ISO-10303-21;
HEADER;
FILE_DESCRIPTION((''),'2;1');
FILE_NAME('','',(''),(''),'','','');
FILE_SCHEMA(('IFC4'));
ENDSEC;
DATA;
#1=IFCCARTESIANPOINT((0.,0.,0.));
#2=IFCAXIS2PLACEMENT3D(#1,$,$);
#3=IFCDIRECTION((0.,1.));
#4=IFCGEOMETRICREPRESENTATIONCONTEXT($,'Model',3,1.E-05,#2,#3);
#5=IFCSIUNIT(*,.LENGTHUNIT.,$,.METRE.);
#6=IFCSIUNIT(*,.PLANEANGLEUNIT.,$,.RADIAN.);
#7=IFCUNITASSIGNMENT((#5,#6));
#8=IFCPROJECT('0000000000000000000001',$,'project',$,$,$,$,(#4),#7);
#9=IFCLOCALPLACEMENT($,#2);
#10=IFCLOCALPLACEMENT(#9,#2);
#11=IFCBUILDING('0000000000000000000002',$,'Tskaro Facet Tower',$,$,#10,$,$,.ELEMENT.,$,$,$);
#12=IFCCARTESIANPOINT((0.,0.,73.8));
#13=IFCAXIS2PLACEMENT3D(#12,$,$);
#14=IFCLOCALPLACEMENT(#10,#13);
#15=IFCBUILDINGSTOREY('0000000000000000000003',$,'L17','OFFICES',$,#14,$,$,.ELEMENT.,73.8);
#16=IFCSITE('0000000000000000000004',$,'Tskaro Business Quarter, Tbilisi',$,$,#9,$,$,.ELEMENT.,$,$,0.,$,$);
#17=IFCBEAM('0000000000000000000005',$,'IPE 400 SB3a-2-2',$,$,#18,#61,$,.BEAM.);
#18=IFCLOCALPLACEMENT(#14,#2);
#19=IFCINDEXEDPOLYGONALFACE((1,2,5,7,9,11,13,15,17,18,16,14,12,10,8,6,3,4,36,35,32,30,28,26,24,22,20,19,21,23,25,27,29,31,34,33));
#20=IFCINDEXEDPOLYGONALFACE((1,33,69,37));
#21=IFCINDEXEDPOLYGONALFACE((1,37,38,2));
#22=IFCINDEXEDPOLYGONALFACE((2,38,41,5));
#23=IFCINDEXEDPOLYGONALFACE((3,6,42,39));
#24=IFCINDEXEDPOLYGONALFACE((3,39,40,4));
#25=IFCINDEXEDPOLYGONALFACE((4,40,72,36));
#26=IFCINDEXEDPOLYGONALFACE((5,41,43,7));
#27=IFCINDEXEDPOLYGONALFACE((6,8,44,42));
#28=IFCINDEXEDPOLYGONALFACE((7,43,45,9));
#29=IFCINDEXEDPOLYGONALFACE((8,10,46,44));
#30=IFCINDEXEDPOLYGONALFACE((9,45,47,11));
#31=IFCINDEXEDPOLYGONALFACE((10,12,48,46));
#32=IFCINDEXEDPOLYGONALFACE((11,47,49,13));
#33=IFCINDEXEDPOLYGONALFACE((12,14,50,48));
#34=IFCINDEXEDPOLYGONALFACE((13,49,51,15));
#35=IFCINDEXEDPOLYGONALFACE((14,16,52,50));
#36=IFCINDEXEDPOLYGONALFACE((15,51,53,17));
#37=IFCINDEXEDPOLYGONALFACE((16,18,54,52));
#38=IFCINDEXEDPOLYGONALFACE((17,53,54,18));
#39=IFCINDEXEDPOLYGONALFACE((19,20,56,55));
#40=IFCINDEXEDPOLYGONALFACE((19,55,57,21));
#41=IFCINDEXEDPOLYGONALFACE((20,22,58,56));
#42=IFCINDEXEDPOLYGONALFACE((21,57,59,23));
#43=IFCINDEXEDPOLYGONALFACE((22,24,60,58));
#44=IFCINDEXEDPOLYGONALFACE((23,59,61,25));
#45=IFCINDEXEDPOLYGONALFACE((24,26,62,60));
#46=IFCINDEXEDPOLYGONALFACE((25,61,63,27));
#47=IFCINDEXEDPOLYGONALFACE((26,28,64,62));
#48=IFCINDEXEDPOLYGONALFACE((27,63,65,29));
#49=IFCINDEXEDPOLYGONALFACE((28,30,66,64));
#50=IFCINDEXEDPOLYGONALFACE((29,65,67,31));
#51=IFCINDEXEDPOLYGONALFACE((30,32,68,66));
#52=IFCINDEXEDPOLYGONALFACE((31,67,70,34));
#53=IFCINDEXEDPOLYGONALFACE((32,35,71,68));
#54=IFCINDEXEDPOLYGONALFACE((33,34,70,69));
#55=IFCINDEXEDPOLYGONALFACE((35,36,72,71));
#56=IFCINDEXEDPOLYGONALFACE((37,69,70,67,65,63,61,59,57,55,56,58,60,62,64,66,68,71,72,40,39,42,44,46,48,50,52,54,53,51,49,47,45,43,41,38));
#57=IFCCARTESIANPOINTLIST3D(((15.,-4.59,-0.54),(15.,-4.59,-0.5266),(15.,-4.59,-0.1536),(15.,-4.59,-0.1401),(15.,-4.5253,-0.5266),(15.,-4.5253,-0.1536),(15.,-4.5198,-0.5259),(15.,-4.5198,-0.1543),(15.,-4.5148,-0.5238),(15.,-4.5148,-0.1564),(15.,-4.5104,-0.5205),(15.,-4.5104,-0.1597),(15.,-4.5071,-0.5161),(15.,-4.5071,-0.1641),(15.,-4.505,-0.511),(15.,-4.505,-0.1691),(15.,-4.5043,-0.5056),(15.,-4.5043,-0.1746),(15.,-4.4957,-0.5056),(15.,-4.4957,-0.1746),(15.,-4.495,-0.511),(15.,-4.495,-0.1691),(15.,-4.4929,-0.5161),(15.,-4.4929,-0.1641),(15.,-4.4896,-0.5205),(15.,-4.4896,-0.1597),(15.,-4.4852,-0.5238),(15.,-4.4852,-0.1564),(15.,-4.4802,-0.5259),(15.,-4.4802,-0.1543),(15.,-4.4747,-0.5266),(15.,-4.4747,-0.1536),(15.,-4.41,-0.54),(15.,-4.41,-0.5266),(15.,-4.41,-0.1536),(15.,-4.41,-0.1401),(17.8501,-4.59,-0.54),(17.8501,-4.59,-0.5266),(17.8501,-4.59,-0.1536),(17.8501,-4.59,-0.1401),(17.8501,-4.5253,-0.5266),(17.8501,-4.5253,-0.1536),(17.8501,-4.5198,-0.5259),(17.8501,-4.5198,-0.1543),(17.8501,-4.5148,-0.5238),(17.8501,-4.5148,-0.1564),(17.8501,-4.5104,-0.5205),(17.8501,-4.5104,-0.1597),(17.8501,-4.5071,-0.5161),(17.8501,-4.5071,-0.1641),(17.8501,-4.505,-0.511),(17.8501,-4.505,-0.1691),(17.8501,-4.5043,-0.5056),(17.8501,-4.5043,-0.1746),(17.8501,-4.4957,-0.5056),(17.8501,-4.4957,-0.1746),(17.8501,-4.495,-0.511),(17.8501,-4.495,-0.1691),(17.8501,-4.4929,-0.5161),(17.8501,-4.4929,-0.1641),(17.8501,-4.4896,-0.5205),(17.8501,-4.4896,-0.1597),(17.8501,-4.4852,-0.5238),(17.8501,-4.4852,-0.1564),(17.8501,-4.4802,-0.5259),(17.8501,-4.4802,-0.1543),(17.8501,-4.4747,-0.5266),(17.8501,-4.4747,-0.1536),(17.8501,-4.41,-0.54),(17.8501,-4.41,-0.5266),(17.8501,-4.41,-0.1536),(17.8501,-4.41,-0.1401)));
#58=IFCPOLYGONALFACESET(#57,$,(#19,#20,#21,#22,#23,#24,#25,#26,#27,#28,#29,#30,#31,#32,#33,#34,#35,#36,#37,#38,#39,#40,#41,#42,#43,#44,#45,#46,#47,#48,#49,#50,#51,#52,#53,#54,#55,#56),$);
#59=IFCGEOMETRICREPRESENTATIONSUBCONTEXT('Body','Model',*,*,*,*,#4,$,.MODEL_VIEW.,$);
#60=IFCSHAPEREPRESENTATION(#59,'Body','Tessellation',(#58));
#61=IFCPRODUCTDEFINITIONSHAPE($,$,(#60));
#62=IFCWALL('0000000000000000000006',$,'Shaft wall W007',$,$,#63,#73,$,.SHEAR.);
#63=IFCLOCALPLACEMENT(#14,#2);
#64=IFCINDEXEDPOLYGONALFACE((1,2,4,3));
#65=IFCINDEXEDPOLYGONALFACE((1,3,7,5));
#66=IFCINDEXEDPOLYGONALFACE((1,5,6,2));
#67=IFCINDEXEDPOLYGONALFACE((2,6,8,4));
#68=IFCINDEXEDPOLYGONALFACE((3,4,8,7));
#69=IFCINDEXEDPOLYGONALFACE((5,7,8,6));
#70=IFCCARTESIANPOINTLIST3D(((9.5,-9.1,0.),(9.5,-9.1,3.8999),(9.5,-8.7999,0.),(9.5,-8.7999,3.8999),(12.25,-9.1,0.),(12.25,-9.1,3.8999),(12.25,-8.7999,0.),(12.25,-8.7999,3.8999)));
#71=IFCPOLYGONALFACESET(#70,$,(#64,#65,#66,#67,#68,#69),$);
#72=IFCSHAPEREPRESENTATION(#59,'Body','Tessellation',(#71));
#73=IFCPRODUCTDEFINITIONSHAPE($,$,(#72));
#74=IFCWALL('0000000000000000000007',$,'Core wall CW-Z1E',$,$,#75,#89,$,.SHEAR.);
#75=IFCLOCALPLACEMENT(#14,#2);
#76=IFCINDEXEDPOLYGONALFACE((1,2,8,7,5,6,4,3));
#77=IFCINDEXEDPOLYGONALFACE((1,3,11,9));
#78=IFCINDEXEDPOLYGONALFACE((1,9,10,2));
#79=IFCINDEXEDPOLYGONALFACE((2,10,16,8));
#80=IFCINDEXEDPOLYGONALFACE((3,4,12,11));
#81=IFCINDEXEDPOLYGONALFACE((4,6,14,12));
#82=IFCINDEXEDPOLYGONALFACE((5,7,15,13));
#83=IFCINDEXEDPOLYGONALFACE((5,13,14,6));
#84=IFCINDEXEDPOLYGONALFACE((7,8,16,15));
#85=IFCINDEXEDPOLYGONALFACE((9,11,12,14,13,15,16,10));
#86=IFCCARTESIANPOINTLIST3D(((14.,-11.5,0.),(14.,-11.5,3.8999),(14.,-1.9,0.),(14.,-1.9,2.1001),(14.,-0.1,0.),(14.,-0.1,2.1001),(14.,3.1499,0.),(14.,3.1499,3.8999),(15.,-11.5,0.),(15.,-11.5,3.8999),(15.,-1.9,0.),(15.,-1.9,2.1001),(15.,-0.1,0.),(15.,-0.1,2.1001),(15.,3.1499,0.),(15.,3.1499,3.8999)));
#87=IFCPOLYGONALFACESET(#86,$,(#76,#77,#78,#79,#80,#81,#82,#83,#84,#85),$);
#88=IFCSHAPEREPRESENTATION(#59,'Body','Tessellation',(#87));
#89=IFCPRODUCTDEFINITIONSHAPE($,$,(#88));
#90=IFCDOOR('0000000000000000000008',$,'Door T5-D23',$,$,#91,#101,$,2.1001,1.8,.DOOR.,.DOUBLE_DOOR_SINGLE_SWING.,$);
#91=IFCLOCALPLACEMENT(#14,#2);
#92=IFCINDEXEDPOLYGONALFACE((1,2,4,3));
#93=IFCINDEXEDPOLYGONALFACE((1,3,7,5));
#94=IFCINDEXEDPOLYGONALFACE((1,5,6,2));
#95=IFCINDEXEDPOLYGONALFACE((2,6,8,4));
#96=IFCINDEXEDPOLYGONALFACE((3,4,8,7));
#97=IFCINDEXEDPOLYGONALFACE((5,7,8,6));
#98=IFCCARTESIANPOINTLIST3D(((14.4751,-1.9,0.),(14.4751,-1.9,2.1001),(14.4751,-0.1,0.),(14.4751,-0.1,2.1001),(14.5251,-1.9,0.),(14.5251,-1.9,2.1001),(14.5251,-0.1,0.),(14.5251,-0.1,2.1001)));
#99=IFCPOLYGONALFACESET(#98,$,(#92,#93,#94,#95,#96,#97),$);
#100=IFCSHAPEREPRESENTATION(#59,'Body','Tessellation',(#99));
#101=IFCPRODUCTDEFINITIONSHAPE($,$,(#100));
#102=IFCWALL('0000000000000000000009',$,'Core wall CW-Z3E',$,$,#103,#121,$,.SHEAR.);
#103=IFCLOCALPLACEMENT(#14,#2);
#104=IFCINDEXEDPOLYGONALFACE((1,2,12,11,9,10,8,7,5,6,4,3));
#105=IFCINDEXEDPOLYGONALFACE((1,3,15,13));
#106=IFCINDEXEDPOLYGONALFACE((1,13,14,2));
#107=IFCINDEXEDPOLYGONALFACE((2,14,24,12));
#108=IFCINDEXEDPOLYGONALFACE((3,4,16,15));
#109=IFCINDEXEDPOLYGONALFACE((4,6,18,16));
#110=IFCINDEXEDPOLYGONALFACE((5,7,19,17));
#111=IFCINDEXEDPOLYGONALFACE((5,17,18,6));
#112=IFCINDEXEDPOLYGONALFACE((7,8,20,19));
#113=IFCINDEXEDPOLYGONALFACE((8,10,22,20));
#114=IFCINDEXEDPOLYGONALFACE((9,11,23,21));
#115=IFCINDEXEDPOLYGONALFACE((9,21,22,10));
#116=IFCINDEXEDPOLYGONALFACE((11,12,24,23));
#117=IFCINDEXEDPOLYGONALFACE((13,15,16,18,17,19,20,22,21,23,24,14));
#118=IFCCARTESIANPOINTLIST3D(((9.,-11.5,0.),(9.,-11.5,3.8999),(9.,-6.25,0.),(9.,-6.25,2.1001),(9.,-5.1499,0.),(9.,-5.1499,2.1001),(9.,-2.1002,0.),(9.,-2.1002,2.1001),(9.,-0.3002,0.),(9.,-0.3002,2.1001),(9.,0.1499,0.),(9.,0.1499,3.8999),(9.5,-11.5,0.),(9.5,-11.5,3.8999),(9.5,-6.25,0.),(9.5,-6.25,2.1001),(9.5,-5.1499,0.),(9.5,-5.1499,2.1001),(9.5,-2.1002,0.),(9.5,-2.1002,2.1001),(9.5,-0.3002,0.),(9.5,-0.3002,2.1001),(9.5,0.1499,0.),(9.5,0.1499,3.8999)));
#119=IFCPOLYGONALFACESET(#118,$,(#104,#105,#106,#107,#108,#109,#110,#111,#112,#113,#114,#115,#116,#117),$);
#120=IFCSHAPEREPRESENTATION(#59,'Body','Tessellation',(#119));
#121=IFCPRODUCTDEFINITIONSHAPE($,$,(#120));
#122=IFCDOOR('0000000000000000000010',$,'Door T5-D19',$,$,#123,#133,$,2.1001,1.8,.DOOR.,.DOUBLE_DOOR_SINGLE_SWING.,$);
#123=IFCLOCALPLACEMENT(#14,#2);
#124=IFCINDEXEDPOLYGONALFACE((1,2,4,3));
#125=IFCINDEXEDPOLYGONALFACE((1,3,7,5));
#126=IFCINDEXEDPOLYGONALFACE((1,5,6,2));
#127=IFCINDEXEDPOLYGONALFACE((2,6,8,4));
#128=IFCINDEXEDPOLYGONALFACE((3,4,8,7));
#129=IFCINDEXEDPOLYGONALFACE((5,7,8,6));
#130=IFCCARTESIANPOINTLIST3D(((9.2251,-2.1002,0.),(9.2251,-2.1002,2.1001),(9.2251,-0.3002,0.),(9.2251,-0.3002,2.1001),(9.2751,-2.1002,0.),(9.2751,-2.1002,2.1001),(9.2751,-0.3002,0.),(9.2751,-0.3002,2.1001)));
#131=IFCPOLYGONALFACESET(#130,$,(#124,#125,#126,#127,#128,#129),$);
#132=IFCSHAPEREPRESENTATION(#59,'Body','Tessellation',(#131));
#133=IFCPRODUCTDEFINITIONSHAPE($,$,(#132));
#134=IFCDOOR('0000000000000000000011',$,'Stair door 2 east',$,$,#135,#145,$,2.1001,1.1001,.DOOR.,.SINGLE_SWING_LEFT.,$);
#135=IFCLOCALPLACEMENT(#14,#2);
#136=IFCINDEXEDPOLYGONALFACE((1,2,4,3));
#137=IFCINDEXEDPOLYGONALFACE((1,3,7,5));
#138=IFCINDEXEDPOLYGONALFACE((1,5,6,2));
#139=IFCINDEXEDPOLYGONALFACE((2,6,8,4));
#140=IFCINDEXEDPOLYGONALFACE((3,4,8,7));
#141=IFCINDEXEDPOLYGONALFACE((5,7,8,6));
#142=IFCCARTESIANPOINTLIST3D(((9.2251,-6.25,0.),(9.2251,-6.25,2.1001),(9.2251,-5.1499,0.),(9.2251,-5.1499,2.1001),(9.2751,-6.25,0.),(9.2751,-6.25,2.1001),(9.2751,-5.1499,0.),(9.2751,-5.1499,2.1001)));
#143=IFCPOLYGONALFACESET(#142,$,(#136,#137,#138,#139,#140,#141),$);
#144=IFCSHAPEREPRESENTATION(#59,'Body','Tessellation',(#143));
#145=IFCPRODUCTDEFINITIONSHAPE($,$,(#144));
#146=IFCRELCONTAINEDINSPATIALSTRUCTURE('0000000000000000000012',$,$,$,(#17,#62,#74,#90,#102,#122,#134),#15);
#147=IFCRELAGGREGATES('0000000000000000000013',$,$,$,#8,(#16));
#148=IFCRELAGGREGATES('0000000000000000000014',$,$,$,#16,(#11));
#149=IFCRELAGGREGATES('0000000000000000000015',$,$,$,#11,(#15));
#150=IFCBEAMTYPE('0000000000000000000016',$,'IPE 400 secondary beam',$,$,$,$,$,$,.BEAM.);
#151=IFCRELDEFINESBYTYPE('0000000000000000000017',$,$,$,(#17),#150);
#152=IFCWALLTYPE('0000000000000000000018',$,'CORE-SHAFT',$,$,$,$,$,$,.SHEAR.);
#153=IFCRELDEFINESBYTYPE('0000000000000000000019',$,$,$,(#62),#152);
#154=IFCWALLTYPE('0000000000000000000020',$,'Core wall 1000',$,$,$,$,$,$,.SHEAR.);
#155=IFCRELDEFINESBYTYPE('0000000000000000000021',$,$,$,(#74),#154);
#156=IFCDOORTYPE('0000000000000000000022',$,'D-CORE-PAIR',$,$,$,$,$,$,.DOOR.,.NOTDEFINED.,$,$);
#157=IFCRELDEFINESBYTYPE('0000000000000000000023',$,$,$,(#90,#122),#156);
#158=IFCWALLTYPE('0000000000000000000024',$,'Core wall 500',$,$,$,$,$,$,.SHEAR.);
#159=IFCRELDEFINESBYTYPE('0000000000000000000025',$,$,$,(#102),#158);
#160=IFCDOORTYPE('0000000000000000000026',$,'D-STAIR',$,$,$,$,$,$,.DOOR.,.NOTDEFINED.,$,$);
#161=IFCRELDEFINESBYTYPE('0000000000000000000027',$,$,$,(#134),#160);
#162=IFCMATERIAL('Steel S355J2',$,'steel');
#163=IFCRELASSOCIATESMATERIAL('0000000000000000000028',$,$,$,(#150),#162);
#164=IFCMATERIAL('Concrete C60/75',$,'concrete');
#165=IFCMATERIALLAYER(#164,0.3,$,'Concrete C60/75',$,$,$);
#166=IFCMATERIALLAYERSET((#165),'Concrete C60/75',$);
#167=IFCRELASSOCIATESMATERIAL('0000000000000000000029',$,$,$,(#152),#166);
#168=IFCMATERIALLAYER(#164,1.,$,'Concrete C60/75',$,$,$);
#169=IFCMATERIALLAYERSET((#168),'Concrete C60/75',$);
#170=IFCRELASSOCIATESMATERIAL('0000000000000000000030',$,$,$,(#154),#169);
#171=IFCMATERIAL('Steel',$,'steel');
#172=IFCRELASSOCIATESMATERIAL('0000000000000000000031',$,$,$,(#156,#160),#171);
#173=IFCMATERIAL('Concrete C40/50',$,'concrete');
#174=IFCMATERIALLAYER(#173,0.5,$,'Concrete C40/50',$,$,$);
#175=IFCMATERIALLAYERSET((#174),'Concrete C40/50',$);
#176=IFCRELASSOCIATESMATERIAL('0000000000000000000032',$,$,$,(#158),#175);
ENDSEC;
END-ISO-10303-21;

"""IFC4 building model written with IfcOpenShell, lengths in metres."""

from ifc_helpers import new_model, si_unit, direction, frame, frame_2d, origin, origin_2d, place, context, subcontext, project, spatial, rectangle, i_section, extrude, material, layer, layer_set, material_profile, profile_set, type_object, element, fill, save


model = new_model("IFC4")

# Units and contexts
model_context = context("Model", 3, precision=1e-05, world=origin(), true_north=direction((0.0, 1.0)))
body_context = subcontext(model_context, "Body", "Model", "MODEL_VIEW")
ifc_project = project(units=[si_unit("LENGTHUNIT", "METRE"), si_unit("PLANEANGLEUNIT", "RADIAN")], contexts=[model_context])

# Site, building, storey
site_placement = place(None, origin())
site = spatial("IfcSite", under=ifc_project, at=site_placement, Name="Tskaro Business Quarter, Tbilisi", CompositionType="ELEMENT", RefElevation=0.0)
building_placement = place(site_placement, origin())
building = spatial("IfcBuilding", under=site, at=building_placement, Name="Tskaro Facet Tower", CompositionType="ELEMENT")
storey_placement = place(building_placement, frame((0.0, 0.0, 73.8)))
storey = spatial("IfcBuildingStorey", under=building, at=storey_placement, Name="L17", Description="OFFICES", CompositionType="ELEMENT", Elevation=73.8)

# Beam
ifc_material_1 = material(Name="Steel S355J2", Category="steel")
ifc_material_profile_1 = material_profile(ifc_material_1, i_section(OverallWidth=0.1799, OverallDepth=0.3999, WebThickness=0.0085, FlangeThickness=0.0134, FilletRadius=0.021, at=origin_2d()), Name="IPE 400")
ifc_profile_set_1 = profile_set([ifc_material_profile_1], Name="Steel S355J2")
beam_type_1 = type_object("IfcBeamType", Name="IPE 400 secondary beam", PredefinedType="BEAM", material=ifc_profile_set_1)
beam_1_placement = place(storey_placement, frame((15.0, -4.5, -0.3401), z_axis=(1.0, 0.0, 0.0), x_axis=(0.0, 1.0, 0.0)))
element("IfcBeam", 1, at=beam_1_placement, inside=storey, type_object=beam_type_1, Name="IPE 400 SB3a-2-2", PredefinedType="BEAM", context=body_context, shape_type="SweptSolid", body=[
    extrude(i_section(OverallWidth=0.1799, OverallDepth=0.3999, WebThickness=0.0085, FlangeThickness=0.0134, FilletRadius=0.021, at=origin_2d()), origin(), (0.0, 0.0, 1.0), 2.8501),
])

# Wall
ifc_material_2 = material(Name="Concrete C60/75", Category="concrete")
ifc_layer_1 = layer(ifc_material_2, 0.3, Name="Concrete C60/75")
ifc_layer_set_1 = layer_set([ifc_layer_1], Name="Concrete C60/75")
wall_type_1 = type_object("IfcWallType", Name="CORE-SHAFT", PredefinedType="SHEAR", material=ifc_layer_set_1)
wall_1_placement = place(storey_placement, frame((9.5, -8.95, 0.0), z_axis=(0.0, 0.0, 1.0), x_axis=(1.0, 0.0, 0.0)))
element("IfcWall", 2, at=wall_1_placement, inside=storey, type_object=wall_type_1, Name="Shaft wall W007", PredefinedType="SHEAR", context=body_context, shape_type="SweptSolid", body=[
    extrude(rectangle(XDim=2.75, YDim=0.3, at=frame_2d((1.375, 0.0))), origin(), (0.0, 0.0, 1.0), 3.8999),
])

# Wall, opening, door
ifc_layer_2 = layer(ifc_material_2, 1.0, Name="Concrete C60/75")
ifc_layer_set_2 = layer_set([ifc_layer_2], Name="Concrete C60/75")
wall_type_2 = type_object("IfcWallType", Name="Core wall 1000", PredefinedType="SHEAR", material=ifc_layer_set_2)
wall_2_placement = place(storey_placement, frame((14.5, -11.5, 0.0), z_axis=(0.0, 0.0, 1.0), x_axis=(0.0, 1.0, 0.0)))
wall_2 = element("IfcWall", 3, at=wall_2_placement, inside=storey, type_object=wall_type_2, Name="Core wall CW-Z1E", PredefinedType="SHEAR", context=body_context, shape_type="SweptSolid", body=[
    extrude(rectangle(XDim=14.6499, YDim=1.0, at=frame_2d((7.325, 0.0))), origin(), (0.0, 0.0, 1.0), 3.8999),
])
opening_1_placement = place(wall_2_placement, frame((9.6001, 0.0, 0.0)))
opening_1 = element("IfcOpeningElement", 4, at=opening_1_placement, cuts=wall_2, PredefinedType="OPENING", context=body_context, shape_type="SweptSolid", body=[
    extrude(rectangle(XDim=1.8, YDim=2.1001, at=frame_2d((0.8999, 1.05))), frame((0.0, 0.51, 0.0), z_axis=(0.0, -1.0, 0.0), x_axis=(1.0, 0.0, 0.0)), (0.0, 0.0, 1.0), 1.02),
])
ifc_material_3 = material(Name="Steel", Category="steel")
door_type_1 = type_object("IfcDoorType", Name="D-CORE-PAIR", OperationType="NOTDEFINED", PredefinedType="DOOR", material=ifc_material_3)
door_1_placement = place(opening_1_placement, origin())
door_1 = element("IfcDoor", 5, at=door_1_placement, inside=storey, type_object=door_type_1, Name="Door T5-D23", OperationType="DOUBLE_DOOR_SINGLE_SWING", OverallHeight=2.1001, OverallWidth=1.8, PredefinedType="DOOR", context=body_context, shape_type="SweptSolid", body=[
    extrude(rectangle(XDim=1.8, YDim=2.1001, at=frame_2d((0.8999, 1.05))), frame((0.0, 0.0249, 0.0), z_axis=(0.0, -1.0, 0.0), x_axis=(1.0, 0.0, 0.0)), (0.0, 0.0, 1.0), 0.05),
])
fill(opening_1, door_1)

# Wall, openings, doors
ifc_material_4 = material(Name="Concrete C40/50", Category="concrete")
ifc_layer_3 = layer(ifc_material_4, 0.5, Name="Concrete C40/50")
ifc_layer_set_3 = layer_set([ifc_layer_3], Name="Concrete C40/50")
wall_type_3 = type_object("IfcWallType", Name="Core wall 500", PredefinedType="SHEAR", material=ifc_layer_set_3)
wall_3_placement = place(storey_placement, frame((9.25, -11.5, 0.0), z_axis=(0.0, 0.0, 1.0), x_axis=(0.0, 1.0, 0.0)))
wall_3 = element("IfcWall", 6, at=wall_3_placement, inside=storey, type_object=wall_type_3, Name="Core wall CW-Z3E", PredefinedType="SHEAR", context=body_context, shape_type="SweptSolid", body=[
    extrude(rectangle(XDim=11.6499, YDim=0.5, at=frame_2d((5.825, 0.0))), origin(), (0.0, 0.0, 1.0), 3.8999),
])
opening_2_placement = place(wall_3_placement, frame((9.3999, 0.0, 0.0)))
opening_2 = element("IfcOpeningElement", 7, at=opening_2_placement, cuts=wall_3, PredefinedType="OPENING", context=body_context, shape_type="SweptSolid", body=[
    extrude(rectangle(XDim=1.8, YDim=2.1001, at=frame_2d((0.8999, 1.05))), frame((0.0, 0.26, 0.0), z_axis=(0.0, -1.0, 0.0), x_axis=(1.0, 0.0, 0.0)), (0.0, 0.0, 1.0), 0.52),
])
opening_3_placement = place(wall_3_placement, frame((5.25, 0.0, 0.0)))
opening_3 = element("IfcOpeningElement", 8, at=opening_3_placement, cuts=wall_3, PredefinedType="OPENING", context=body_context, shape_type="SweptSolid", body=[
    extrude(rectangle(XDim=1.1001, YDim=2.1001, at=frame_2d((0.55, 1.05))), frame((0.0, 0.26, 0.0), z_axis=(0.0, -1.0, 0.0), x_axis=(1.0, 0.0, 0.0)), (0.0, 0.0, 1.0), 0.52),
])
door_2_placement = place(opening_2_placement, origin())
door_2 = element("IfcDoor", 9, at=door_2_placement, inside=storey, type_object=door_type_1, Name="Door T5-D19", OperationType="DOUBLE_DOOR_SINGLE_SWING", OverallHeight=2.1001, OverallWidth=1.8, PredefinedType="DOOR", context=body_context, shape_type="SweptSolid", body=[
    extrude(rectangle(XDim=1.8, YDim=2.1001, at=frame_2d((0.8999, 1.05))), frame((0.0, 0.0249, 0.0), z_axis=(0.0, -1.0, 0.0), x_axis=(1.0, 0.0, 0.0)), (0.0, 0.0, 1.0), 0.05),
])
fill(opening_2, door_2)
door_type_2 = type_object("IfcDoorType", Name="D-STAIR", OperationType="NOTDEFINED", PredefinedType="DOOR", material=ifc_material_3)
door_3_placement = place(opening_3_placement, origin())
door_3 = element("IfcDoor", 10, at=door_3_placement, inside=storey, type_object=door_type_2, Name="Stair door 2 east", OperationType="SINGLE_SWING_LEFT", OverallHeight=2.1001, OverallWidth=1.1001, PredefinedType="DOOR", context=body_context, shape_type="SweptSolid", body=[
    extrude(rectangle(XDim=1.1001, YDim=2.1001, at=frame_2d((0.55, 1.05))), frame((0.0, 0.0249, 0.0), z_axis=(0.0, -1.0, 0.0), x_axis=(1.0, 0.0, 0.0)), (0.0, 0.0, 1.0), 0.05),
])
fill(opening_3, door_3)

save(model, "model.ifc")
